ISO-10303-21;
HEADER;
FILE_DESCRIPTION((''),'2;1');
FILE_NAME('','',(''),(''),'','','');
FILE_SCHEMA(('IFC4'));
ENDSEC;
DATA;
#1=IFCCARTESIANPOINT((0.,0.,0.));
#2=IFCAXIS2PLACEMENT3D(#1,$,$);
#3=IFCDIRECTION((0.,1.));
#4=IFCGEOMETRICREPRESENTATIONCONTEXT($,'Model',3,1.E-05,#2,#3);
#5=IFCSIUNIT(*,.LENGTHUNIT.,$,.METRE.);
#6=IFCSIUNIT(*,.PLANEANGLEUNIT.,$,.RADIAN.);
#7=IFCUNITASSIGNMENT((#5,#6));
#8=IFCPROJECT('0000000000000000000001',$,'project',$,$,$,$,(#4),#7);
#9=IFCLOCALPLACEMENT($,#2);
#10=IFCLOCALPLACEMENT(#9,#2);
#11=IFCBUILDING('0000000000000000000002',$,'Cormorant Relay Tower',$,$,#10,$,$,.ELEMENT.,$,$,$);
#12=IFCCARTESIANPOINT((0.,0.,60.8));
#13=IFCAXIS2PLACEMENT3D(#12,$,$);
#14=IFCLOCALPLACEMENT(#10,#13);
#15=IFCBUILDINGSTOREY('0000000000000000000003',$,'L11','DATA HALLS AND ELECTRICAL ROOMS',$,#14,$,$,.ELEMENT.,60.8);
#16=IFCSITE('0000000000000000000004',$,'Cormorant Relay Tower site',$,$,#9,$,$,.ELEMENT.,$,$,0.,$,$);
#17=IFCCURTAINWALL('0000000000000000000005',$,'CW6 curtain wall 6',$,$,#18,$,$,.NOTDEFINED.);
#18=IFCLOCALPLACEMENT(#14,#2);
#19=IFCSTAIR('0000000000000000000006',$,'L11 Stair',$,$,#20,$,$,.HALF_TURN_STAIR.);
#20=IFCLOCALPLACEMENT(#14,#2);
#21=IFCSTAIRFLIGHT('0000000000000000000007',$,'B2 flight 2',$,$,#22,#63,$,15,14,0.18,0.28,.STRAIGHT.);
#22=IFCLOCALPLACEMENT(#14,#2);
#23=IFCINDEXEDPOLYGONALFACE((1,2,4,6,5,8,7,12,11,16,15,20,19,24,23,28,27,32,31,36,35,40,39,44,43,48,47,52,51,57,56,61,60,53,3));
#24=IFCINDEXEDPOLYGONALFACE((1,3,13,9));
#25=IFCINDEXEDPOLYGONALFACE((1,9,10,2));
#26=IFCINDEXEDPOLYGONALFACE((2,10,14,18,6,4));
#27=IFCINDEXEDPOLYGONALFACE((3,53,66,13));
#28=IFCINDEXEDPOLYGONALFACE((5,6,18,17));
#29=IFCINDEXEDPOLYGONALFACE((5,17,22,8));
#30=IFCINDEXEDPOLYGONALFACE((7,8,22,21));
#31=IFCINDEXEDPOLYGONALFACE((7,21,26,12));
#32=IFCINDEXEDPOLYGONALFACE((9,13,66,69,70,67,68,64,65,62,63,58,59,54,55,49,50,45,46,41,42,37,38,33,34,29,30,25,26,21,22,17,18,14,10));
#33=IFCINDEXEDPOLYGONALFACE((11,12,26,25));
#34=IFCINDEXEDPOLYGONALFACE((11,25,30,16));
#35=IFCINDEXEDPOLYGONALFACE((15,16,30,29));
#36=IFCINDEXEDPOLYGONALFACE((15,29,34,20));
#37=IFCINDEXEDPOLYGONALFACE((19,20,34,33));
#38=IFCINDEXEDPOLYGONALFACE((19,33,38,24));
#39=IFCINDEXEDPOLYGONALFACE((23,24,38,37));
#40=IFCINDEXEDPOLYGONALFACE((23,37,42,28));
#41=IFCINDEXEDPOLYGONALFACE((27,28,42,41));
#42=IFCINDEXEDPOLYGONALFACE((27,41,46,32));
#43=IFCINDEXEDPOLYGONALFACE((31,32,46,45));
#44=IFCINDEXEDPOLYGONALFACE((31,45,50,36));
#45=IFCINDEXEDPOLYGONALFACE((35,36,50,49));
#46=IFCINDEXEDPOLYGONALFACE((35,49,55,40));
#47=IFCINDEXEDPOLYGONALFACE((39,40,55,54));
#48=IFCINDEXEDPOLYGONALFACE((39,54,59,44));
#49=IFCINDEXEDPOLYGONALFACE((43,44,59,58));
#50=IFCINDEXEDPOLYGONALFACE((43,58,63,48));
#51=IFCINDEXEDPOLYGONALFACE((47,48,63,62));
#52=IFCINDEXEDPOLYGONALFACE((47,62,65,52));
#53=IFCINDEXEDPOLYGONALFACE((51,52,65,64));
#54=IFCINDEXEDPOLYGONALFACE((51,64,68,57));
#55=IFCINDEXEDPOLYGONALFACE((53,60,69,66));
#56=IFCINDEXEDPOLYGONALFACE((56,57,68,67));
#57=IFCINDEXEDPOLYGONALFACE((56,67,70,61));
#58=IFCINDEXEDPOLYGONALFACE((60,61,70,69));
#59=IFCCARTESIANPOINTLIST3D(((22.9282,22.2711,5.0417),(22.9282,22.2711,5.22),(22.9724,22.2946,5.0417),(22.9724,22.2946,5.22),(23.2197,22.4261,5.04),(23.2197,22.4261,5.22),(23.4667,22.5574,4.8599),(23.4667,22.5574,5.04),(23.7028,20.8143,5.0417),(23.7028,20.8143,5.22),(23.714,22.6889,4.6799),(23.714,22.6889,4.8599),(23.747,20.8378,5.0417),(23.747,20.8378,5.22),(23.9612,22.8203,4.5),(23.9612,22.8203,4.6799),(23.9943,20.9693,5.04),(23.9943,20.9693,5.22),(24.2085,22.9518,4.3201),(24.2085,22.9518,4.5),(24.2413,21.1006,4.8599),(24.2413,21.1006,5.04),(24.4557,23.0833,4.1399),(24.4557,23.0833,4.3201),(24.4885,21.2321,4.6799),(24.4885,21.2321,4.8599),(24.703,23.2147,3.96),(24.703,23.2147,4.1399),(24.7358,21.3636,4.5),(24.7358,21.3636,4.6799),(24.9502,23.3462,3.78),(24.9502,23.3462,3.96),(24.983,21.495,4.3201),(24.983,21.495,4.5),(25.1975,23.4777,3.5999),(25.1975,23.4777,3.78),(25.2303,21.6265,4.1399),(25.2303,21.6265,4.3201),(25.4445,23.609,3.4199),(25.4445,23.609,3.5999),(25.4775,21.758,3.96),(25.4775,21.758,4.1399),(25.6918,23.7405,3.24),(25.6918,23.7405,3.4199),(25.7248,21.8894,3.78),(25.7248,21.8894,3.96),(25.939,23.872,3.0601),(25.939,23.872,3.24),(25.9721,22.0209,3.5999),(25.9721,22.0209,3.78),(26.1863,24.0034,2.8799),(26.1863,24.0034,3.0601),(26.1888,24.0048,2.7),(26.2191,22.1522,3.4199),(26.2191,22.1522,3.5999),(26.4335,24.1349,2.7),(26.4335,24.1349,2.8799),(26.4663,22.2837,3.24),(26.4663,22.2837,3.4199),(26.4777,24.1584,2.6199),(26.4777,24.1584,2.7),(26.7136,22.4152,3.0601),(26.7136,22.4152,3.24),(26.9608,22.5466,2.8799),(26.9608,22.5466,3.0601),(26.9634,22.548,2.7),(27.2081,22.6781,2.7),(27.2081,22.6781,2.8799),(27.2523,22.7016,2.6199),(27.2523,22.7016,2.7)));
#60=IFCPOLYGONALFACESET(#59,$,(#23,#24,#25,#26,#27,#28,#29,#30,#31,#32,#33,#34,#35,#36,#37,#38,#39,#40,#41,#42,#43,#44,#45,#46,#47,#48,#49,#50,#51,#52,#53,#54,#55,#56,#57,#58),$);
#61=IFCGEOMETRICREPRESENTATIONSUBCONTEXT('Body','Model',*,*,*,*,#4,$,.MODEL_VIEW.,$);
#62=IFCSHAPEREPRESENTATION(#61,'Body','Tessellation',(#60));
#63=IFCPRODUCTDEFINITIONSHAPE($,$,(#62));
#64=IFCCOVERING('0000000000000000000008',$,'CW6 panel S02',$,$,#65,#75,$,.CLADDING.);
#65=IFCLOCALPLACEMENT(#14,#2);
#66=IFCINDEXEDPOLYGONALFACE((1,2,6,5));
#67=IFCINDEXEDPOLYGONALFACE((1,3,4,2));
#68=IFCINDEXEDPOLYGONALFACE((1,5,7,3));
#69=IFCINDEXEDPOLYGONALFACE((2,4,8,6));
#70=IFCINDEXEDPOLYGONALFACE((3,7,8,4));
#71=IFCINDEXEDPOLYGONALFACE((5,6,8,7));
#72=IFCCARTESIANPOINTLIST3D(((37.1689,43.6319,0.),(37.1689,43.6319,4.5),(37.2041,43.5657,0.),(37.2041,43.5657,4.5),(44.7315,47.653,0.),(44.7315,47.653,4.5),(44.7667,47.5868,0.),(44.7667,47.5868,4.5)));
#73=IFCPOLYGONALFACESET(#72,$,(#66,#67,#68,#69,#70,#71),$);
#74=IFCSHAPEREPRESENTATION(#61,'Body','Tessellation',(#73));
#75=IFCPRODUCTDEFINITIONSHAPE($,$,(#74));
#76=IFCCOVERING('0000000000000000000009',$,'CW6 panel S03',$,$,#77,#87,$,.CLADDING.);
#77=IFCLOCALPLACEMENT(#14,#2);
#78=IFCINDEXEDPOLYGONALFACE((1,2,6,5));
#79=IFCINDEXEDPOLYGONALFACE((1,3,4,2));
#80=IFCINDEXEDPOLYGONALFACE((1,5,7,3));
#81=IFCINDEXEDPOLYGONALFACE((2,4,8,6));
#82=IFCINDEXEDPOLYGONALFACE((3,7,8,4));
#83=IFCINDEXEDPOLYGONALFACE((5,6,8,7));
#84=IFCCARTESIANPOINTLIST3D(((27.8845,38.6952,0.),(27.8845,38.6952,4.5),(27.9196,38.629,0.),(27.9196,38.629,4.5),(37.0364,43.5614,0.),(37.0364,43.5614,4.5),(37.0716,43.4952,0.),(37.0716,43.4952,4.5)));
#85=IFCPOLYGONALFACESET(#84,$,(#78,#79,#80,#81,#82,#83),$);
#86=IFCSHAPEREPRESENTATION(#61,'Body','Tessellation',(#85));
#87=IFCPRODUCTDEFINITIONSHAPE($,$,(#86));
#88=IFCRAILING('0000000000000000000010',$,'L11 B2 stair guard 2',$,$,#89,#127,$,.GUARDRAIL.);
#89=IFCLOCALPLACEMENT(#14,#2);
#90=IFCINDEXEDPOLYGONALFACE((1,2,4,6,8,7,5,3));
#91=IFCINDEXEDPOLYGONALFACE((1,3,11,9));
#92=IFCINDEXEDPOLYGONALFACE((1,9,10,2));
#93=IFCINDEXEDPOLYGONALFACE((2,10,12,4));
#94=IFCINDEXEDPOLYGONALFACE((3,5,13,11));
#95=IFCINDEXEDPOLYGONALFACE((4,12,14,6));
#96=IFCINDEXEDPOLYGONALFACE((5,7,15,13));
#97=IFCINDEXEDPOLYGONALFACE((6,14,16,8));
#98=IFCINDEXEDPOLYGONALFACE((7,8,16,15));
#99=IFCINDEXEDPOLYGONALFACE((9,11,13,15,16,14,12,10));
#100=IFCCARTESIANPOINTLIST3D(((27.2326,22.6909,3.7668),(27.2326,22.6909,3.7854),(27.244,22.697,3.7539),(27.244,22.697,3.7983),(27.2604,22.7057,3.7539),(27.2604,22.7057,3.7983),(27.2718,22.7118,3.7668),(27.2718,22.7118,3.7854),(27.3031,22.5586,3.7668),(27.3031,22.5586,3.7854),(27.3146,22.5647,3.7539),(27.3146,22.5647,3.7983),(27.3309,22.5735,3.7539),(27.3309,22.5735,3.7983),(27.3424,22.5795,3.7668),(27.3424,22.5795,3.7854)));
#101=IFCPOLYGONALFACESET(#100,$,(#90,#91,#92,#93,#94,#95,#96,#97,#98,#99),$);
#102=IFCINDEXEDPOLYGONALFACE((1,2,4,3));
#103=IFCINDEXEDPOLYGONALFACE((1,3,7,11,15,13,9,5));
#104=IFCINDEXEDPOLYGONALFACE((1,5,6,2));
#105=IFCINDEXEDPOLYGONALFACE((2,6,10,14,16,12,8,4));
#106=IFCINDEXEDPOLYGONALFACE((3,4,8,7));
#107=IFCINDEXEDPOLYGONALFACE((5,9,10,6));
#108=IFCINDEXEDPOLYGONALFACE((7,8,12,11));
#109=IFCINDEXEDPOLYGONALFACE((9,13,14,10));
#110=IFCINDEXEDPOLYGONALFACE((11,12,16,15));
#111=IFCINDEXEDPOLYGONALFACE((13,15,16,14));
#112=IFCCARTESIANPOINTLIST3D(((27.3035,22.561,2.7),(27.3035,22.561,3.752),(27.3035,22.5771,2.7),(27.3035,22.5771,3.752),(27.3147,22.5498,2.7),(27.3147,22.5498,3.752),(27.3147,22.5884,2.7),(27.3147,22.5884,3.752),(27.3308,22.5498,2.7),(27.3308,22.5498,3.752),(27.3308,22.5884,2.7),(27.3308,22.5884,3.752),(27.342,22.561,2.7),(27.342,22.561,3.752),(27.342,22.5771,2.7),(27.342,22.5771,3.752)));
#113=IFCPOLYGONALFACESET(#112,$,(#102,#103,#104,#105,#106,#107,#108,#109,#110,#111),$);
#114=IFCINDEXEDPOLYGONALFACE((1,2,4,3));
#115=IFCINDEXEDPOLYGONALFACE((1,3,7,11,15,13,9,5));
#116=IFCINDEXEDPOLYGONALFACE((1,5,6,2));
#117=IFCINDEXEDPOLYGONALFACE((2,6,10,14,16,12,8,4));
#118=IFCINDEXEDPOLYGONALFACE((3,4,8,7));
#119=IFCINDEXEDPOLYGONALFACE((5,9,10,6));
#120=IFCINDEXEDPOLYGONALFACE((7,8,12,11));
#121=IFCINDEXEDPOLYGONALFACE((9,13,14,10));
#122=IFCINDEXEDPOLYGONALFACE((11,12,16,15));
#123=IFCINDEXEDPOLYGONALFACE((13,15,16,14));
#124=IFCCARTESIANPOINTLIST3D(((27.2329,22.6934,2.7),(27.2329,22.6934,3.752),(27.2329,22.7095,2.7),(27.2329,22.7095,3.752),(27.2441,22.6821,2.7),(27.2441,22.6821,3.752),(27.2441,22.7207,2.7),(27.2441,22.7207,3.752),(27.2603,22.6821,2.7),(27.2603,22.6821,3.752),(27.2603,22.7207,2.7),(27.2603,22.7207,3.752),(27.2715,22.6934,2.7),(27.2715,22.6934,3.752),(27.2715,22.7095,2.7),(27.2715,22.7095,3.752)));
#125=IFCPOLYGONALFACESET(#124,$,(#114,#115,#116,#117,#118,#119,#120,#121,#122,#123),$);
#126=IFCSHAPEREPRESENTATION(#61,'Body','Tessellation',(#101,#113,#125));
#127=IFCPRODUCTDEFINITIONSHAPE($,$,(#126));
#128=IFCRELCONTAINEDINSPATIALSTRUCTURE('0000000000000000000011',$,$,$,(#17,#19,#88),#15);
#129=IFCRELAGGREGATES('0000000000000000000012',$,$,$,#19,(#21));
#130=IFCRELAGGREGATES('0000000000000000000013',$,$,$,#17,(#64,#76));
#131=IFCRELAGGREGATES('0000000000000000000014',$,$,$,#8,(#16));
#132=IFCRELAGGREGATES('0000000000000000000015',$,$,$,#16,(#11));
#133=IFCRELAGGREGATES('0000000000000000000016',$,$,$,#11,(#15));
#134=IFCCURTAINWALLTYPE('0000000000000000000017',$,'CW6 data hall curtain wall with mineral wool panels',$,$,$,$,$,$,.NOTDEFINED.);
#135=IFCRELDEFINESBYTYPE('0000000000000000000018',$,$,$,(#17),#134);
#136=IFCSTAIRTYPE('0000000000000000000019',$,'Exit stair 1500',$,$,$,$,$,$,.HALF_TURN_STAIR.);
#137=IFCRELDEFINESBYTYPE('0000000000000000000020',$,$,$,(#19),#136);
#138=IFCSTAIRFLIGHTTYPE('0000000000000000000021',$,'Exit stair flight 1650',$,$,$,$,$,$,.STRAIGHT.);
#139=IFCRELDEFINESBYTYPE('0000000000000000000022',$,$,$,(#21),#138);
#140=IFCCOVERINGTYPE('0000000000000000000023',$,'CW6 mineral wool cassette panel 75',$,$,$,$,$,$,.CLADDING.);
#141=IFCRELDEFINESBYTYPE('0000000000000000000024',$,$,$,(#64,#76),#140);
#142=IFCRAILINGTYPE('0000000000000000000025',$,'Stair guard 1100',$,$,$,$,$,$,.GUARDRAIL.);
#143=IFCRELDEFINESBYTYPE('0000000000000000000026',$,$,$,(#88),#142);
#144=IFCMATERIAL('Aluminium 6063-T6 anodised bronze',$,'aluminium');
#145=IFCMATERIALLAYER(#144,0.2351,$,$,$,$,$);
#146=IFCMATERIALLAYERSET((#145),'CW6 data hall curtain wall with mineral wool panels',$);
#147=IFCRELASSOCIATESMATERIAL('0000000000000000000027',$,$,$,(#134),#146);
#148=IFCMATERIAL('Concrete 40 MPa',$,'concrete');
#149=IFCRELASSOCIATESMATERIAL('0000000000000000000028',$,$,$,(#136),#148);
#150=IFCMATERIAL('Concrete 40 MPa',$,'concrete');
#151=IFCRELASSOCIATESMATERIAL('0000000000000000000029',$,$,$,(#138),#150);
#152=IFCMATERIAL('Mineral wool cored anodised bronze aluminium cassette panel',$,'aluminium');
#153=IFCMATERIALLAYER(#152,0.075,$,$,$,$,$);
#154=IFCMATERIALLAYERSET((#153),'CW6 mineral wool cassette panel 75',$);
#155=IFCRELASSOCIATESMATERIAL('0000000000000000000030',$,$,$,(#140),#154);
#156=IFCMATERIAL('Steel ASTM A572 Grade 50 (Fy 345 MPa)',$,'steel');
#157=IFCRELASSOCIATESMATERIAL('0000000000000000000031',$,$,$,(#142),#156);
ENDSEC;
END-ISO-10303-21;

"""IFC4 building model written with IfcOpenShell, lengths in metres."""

from ifc_helpers import new_model, si_unit, direction, frame, origin, origin_2d, place, context, subcontext, project, spatial, polyline, rectangle, outline, extrude, material, layer, layer_set, type_object, element, aggregate, save


model = new_model("IFC4")

# Units and contexts
model_context = context("Model", 3, precision=1e-05, world=origin(), true_north=direction((0.0, 1.0)))
body_context = subcontext(model_context, "Body", "Model", "MODEL_VIEW")
ifc_project = project(units=[si_unit("LENGTHUNIT", "METRE"), si_unit("PLANEANGLEUNIT", "RADIAN")], contexts=[model_context])

# Site, building, storey
site_placement = place(None, origin())
site = spatial("IfcSite", under=ifc_project, at=site_placement, Name="Cormorant Relay Tower site", CompositionType="ELEMENT", RefElevation=0.0)
building_placement = place(site_placement, origin())
building = spatial("IfcBuilding", under=site, at=building_placement, Name="Cormorant Relay Tower", CompositionType="ELEMENT")
storey_placement = place(building_placement, frame((0.0, 0.0, 60.8)))
storey = spatial("IfcBuildingStorey", under=building, at=storey_placement, Name="L11", Description="DATA HALLS AND ELECTRICAL ROOMS", CompositionType="ELEMENT", Elevation=60.8)

# Curtain wall
ifc_material_1 = material(Name="Aluminium 6063-T6 anodised bronze", Category="aluminium")
ifc_layer_1 = layer(ifc_material_1, 0.2351)
ifc_layer_set_1 = layer_set([ifc_layer_1], Name="CW6 data hall curtain wall with mineral wool panels")
curtain_wall_type = type_object("IfcCurtainWallType", Name="CW6 data hall curtain wall with mineral wool panels", PredefinedType="NOTDEFINED", material=ifc_layer_set_1)
curtain_wall_placement = place(storey_placement, origin())
curtain_wall = element("IfcCurtainWall", 1, at=curtain_wall_placement, inside=storey, type_object=curtain_wall_type, Name="CW6 curtain wall 6", PredefinedType="NOTDEFINED")

# Stair, stair flight
ifc_material_2 = material(Name="Concrete 40 MPa", Category="concrete")
stair_type = type_object("IfcStairType", Name="Exit stair 1500", PredefinedType="HALF_TURN_STAIR", material=ifc_material_2)
stair_placement = place(storey_placement, origin())
stair = element("IfcStair", 2, at=stair_placement, inside=storey, type_object=stair_type, Name="L11 Stair", PredefinedType="HALF_TURN_STAIR")
ifc_material_3 = material(Name="Concrete 40 MPa", Category="concrete")
stair_flight_type = type_object("IfcStairFlightType", Name="Exit stair flight 1650", PredefinedType="STRAIGHT", material=ifc_material_3)
stair_flight_placement = place(storey_placement, frame((26.8208, 23.4065, 2.7), z_axis=(0.0, 0.0, 1.0), x_axis=(-0.882948, -0.469472, 0.0)))
stair_flight = element("IfcStairFlight", 3, at=stair_flight_placement, type_object=stair_flight_type, Name="B2 flight 2", NumberOfRisers=15, NumberOfTreads=14, PredefinedType="STRAIGHT", RiserHeight=0.18, TreadLength=0.28, context=body_context, shape_type="SweptSolid", body=[
    extrude(outline(polyline([(-0.05, -0.0801), (-0.05, 0.0), (0.0, 0.0), (0.0, 0.1799), (0.28, 0.1799), (0.28, 0.3601), (0.5601, 0.3601), (0.5601, 0.54), (0.8401, 0.54), (0.8401, 0.72), (1.1201, 0.72), (1.1201, 0.8999), (1.3999, 0.8999), (1.3999, 1.0801), (1.6799, 1.0801), (1.6799, 1.26), (1.96, 1.26), (1.96, 1.4399), (2.24, 1.4399), (2.24, 1.6201), (2.52, 1.6201), (2.52, 1.8), (2.8, 1.8), (2.8, 1.98), (3.0801, 1.98), (3.0801, 2.1599), (3.3601, 2.1599), (3.3601, 2.3401), (3.6399, 2.3401), (3.6399, 2.52), (3.9199, 2.52), (3.97, 2.52), (3.97, 2.3418), (3.9199, 2.3418), (0.2771, 0.0), (-0.05, -0.0801)])), frame((0.0, 0.825, 0.0), z_axis=(0.0, -1.0, 0.0), x_axis=(1.0, 0.0, 0.0)), (0.0, 0.0, 1.0), 1.6499),
])
aggregate(stair, [stair_flight])

# Coverings
ifc_material_4 = material(Name="Mineral wool cored anodised bronze aluminium cassette panel", Category="aluminium")
ifc_layer_2 = layer(ifc_material_4, 0.075)
ifc_layer_set_2 = layer_set([ifc_layer_2], Name="CW6 mineral wool cassette panel 75")
covering_type = type_object("IfcCoveringType", Name="CW6 mineral wool cassette panel 75", PredefinedType="CLADDING", material=ifc_layer_set_2)
covering_1_placement = place(storey_placement, frame((40.9678, 45.6094, 0.0), z_axis=(0.0, 0.0, 1.0), x_axis=(-0.882948, -0.469472, 0.0)))
covering_1 = element("IfcCovering", 4, at=covering_1_placement, type_object=covering_type, Name="CW6 panel S02", PredefinedType="CLADDING", context=body_context, shape_type="SweptSolid", body=[
    extrude(rectangle(XDim=8.5652, YDim=0.075, at=origin_2d()), origin(), (0.0, 0.0, 1.0), 4.5),
])
covering_2_placement = place(storey_placement, frame((32.478, 41.0952, 0.0), z_axis=(0.0, 0.0, 1.0), x_axis=(-0.882948, -0.469472, 0.0)))
covering_2 = element("IfcCovering", 5, at=covering_2_placement, type_object=covering_type, Name="CW6 panel S03", PredefinedType="CLADDING", context=body_context, shape_type="SweptSolid", body=[
    extrude(rectangle(XDim=10.3652, YDim=0.075, at=origin_2d()), origin(), (0.0, 0.0, 1.0), 4.5),
])
aggregate(curtain_wall, [covering_1, covering_2])

# Railing
ifc_material_5 = material(Name="Steel ASTM A572 Grade 50 (Fy 345 MPa)", Category="steel")
railing_type_1 = type_object("IfcRailingType", Name="Stair guard 1100", PredefinedType="GUARDRAIL", material=ifc_material_5)
railing_1_placement = place(storey_placement, frame((27.3228, 22.5691, 2.7)))
element("IfcRailing", 6, at=railing_1_placement, inside=storey, type_object=railing_type_1, Name="L11 B2 stair guard 2", PredefinedType="GUARDRAIL", context=body_context, shape_type="SweptSolid", body=[
    extrude(outline(polyline([(0.0222, 0.0093), (0.0093, 0.0222), (-0.0093, 0.0222), (-0.0222, 0.0093), (-0.0222, -0.0093), (-0.0093, -0.0222), (0.0093, -0.0222), (0.0222, -0.0093), (0.0222, 0.0093)])), frame((0.0, 0.0, 1.0762), z_axis=(-0.470504, 0.882398, 0.0), x_axis=(-0.882398, -0.470504, 0.0)), (0.0, 0.0, 1.0), 0.1499),
    extrude(outline(polyline([(0.0193, 0.0081), (0.0081, 0.0193), (-0.0081, 0.0193), (-0.0193, 0.0081), (-0.0193, -0.0081), (-0.0081, -0.0193), (0.0081, -0.0193), (0.0193, -0.0081), (0.0193, 0.0081)])), origin(), (0.0, 0.0, 1.0), 1.052),
    extrude(outline(polyline([(0.0193, 0.0081), (0.0081, 0.0193), (-0.0081, 0.0193), (-0.0193, 0.0081), (-0.0193, -0.0081), (-0.0081, -0.0193), (0.0081, -0.0193), (0.0193, -0.0081), (0.0193, 0.0081)])), frame((-0.0706, 0.1323, 0.0)), (0.0, 0.0, 1.0), 1.052),
])

save(model, "model.ifc")
